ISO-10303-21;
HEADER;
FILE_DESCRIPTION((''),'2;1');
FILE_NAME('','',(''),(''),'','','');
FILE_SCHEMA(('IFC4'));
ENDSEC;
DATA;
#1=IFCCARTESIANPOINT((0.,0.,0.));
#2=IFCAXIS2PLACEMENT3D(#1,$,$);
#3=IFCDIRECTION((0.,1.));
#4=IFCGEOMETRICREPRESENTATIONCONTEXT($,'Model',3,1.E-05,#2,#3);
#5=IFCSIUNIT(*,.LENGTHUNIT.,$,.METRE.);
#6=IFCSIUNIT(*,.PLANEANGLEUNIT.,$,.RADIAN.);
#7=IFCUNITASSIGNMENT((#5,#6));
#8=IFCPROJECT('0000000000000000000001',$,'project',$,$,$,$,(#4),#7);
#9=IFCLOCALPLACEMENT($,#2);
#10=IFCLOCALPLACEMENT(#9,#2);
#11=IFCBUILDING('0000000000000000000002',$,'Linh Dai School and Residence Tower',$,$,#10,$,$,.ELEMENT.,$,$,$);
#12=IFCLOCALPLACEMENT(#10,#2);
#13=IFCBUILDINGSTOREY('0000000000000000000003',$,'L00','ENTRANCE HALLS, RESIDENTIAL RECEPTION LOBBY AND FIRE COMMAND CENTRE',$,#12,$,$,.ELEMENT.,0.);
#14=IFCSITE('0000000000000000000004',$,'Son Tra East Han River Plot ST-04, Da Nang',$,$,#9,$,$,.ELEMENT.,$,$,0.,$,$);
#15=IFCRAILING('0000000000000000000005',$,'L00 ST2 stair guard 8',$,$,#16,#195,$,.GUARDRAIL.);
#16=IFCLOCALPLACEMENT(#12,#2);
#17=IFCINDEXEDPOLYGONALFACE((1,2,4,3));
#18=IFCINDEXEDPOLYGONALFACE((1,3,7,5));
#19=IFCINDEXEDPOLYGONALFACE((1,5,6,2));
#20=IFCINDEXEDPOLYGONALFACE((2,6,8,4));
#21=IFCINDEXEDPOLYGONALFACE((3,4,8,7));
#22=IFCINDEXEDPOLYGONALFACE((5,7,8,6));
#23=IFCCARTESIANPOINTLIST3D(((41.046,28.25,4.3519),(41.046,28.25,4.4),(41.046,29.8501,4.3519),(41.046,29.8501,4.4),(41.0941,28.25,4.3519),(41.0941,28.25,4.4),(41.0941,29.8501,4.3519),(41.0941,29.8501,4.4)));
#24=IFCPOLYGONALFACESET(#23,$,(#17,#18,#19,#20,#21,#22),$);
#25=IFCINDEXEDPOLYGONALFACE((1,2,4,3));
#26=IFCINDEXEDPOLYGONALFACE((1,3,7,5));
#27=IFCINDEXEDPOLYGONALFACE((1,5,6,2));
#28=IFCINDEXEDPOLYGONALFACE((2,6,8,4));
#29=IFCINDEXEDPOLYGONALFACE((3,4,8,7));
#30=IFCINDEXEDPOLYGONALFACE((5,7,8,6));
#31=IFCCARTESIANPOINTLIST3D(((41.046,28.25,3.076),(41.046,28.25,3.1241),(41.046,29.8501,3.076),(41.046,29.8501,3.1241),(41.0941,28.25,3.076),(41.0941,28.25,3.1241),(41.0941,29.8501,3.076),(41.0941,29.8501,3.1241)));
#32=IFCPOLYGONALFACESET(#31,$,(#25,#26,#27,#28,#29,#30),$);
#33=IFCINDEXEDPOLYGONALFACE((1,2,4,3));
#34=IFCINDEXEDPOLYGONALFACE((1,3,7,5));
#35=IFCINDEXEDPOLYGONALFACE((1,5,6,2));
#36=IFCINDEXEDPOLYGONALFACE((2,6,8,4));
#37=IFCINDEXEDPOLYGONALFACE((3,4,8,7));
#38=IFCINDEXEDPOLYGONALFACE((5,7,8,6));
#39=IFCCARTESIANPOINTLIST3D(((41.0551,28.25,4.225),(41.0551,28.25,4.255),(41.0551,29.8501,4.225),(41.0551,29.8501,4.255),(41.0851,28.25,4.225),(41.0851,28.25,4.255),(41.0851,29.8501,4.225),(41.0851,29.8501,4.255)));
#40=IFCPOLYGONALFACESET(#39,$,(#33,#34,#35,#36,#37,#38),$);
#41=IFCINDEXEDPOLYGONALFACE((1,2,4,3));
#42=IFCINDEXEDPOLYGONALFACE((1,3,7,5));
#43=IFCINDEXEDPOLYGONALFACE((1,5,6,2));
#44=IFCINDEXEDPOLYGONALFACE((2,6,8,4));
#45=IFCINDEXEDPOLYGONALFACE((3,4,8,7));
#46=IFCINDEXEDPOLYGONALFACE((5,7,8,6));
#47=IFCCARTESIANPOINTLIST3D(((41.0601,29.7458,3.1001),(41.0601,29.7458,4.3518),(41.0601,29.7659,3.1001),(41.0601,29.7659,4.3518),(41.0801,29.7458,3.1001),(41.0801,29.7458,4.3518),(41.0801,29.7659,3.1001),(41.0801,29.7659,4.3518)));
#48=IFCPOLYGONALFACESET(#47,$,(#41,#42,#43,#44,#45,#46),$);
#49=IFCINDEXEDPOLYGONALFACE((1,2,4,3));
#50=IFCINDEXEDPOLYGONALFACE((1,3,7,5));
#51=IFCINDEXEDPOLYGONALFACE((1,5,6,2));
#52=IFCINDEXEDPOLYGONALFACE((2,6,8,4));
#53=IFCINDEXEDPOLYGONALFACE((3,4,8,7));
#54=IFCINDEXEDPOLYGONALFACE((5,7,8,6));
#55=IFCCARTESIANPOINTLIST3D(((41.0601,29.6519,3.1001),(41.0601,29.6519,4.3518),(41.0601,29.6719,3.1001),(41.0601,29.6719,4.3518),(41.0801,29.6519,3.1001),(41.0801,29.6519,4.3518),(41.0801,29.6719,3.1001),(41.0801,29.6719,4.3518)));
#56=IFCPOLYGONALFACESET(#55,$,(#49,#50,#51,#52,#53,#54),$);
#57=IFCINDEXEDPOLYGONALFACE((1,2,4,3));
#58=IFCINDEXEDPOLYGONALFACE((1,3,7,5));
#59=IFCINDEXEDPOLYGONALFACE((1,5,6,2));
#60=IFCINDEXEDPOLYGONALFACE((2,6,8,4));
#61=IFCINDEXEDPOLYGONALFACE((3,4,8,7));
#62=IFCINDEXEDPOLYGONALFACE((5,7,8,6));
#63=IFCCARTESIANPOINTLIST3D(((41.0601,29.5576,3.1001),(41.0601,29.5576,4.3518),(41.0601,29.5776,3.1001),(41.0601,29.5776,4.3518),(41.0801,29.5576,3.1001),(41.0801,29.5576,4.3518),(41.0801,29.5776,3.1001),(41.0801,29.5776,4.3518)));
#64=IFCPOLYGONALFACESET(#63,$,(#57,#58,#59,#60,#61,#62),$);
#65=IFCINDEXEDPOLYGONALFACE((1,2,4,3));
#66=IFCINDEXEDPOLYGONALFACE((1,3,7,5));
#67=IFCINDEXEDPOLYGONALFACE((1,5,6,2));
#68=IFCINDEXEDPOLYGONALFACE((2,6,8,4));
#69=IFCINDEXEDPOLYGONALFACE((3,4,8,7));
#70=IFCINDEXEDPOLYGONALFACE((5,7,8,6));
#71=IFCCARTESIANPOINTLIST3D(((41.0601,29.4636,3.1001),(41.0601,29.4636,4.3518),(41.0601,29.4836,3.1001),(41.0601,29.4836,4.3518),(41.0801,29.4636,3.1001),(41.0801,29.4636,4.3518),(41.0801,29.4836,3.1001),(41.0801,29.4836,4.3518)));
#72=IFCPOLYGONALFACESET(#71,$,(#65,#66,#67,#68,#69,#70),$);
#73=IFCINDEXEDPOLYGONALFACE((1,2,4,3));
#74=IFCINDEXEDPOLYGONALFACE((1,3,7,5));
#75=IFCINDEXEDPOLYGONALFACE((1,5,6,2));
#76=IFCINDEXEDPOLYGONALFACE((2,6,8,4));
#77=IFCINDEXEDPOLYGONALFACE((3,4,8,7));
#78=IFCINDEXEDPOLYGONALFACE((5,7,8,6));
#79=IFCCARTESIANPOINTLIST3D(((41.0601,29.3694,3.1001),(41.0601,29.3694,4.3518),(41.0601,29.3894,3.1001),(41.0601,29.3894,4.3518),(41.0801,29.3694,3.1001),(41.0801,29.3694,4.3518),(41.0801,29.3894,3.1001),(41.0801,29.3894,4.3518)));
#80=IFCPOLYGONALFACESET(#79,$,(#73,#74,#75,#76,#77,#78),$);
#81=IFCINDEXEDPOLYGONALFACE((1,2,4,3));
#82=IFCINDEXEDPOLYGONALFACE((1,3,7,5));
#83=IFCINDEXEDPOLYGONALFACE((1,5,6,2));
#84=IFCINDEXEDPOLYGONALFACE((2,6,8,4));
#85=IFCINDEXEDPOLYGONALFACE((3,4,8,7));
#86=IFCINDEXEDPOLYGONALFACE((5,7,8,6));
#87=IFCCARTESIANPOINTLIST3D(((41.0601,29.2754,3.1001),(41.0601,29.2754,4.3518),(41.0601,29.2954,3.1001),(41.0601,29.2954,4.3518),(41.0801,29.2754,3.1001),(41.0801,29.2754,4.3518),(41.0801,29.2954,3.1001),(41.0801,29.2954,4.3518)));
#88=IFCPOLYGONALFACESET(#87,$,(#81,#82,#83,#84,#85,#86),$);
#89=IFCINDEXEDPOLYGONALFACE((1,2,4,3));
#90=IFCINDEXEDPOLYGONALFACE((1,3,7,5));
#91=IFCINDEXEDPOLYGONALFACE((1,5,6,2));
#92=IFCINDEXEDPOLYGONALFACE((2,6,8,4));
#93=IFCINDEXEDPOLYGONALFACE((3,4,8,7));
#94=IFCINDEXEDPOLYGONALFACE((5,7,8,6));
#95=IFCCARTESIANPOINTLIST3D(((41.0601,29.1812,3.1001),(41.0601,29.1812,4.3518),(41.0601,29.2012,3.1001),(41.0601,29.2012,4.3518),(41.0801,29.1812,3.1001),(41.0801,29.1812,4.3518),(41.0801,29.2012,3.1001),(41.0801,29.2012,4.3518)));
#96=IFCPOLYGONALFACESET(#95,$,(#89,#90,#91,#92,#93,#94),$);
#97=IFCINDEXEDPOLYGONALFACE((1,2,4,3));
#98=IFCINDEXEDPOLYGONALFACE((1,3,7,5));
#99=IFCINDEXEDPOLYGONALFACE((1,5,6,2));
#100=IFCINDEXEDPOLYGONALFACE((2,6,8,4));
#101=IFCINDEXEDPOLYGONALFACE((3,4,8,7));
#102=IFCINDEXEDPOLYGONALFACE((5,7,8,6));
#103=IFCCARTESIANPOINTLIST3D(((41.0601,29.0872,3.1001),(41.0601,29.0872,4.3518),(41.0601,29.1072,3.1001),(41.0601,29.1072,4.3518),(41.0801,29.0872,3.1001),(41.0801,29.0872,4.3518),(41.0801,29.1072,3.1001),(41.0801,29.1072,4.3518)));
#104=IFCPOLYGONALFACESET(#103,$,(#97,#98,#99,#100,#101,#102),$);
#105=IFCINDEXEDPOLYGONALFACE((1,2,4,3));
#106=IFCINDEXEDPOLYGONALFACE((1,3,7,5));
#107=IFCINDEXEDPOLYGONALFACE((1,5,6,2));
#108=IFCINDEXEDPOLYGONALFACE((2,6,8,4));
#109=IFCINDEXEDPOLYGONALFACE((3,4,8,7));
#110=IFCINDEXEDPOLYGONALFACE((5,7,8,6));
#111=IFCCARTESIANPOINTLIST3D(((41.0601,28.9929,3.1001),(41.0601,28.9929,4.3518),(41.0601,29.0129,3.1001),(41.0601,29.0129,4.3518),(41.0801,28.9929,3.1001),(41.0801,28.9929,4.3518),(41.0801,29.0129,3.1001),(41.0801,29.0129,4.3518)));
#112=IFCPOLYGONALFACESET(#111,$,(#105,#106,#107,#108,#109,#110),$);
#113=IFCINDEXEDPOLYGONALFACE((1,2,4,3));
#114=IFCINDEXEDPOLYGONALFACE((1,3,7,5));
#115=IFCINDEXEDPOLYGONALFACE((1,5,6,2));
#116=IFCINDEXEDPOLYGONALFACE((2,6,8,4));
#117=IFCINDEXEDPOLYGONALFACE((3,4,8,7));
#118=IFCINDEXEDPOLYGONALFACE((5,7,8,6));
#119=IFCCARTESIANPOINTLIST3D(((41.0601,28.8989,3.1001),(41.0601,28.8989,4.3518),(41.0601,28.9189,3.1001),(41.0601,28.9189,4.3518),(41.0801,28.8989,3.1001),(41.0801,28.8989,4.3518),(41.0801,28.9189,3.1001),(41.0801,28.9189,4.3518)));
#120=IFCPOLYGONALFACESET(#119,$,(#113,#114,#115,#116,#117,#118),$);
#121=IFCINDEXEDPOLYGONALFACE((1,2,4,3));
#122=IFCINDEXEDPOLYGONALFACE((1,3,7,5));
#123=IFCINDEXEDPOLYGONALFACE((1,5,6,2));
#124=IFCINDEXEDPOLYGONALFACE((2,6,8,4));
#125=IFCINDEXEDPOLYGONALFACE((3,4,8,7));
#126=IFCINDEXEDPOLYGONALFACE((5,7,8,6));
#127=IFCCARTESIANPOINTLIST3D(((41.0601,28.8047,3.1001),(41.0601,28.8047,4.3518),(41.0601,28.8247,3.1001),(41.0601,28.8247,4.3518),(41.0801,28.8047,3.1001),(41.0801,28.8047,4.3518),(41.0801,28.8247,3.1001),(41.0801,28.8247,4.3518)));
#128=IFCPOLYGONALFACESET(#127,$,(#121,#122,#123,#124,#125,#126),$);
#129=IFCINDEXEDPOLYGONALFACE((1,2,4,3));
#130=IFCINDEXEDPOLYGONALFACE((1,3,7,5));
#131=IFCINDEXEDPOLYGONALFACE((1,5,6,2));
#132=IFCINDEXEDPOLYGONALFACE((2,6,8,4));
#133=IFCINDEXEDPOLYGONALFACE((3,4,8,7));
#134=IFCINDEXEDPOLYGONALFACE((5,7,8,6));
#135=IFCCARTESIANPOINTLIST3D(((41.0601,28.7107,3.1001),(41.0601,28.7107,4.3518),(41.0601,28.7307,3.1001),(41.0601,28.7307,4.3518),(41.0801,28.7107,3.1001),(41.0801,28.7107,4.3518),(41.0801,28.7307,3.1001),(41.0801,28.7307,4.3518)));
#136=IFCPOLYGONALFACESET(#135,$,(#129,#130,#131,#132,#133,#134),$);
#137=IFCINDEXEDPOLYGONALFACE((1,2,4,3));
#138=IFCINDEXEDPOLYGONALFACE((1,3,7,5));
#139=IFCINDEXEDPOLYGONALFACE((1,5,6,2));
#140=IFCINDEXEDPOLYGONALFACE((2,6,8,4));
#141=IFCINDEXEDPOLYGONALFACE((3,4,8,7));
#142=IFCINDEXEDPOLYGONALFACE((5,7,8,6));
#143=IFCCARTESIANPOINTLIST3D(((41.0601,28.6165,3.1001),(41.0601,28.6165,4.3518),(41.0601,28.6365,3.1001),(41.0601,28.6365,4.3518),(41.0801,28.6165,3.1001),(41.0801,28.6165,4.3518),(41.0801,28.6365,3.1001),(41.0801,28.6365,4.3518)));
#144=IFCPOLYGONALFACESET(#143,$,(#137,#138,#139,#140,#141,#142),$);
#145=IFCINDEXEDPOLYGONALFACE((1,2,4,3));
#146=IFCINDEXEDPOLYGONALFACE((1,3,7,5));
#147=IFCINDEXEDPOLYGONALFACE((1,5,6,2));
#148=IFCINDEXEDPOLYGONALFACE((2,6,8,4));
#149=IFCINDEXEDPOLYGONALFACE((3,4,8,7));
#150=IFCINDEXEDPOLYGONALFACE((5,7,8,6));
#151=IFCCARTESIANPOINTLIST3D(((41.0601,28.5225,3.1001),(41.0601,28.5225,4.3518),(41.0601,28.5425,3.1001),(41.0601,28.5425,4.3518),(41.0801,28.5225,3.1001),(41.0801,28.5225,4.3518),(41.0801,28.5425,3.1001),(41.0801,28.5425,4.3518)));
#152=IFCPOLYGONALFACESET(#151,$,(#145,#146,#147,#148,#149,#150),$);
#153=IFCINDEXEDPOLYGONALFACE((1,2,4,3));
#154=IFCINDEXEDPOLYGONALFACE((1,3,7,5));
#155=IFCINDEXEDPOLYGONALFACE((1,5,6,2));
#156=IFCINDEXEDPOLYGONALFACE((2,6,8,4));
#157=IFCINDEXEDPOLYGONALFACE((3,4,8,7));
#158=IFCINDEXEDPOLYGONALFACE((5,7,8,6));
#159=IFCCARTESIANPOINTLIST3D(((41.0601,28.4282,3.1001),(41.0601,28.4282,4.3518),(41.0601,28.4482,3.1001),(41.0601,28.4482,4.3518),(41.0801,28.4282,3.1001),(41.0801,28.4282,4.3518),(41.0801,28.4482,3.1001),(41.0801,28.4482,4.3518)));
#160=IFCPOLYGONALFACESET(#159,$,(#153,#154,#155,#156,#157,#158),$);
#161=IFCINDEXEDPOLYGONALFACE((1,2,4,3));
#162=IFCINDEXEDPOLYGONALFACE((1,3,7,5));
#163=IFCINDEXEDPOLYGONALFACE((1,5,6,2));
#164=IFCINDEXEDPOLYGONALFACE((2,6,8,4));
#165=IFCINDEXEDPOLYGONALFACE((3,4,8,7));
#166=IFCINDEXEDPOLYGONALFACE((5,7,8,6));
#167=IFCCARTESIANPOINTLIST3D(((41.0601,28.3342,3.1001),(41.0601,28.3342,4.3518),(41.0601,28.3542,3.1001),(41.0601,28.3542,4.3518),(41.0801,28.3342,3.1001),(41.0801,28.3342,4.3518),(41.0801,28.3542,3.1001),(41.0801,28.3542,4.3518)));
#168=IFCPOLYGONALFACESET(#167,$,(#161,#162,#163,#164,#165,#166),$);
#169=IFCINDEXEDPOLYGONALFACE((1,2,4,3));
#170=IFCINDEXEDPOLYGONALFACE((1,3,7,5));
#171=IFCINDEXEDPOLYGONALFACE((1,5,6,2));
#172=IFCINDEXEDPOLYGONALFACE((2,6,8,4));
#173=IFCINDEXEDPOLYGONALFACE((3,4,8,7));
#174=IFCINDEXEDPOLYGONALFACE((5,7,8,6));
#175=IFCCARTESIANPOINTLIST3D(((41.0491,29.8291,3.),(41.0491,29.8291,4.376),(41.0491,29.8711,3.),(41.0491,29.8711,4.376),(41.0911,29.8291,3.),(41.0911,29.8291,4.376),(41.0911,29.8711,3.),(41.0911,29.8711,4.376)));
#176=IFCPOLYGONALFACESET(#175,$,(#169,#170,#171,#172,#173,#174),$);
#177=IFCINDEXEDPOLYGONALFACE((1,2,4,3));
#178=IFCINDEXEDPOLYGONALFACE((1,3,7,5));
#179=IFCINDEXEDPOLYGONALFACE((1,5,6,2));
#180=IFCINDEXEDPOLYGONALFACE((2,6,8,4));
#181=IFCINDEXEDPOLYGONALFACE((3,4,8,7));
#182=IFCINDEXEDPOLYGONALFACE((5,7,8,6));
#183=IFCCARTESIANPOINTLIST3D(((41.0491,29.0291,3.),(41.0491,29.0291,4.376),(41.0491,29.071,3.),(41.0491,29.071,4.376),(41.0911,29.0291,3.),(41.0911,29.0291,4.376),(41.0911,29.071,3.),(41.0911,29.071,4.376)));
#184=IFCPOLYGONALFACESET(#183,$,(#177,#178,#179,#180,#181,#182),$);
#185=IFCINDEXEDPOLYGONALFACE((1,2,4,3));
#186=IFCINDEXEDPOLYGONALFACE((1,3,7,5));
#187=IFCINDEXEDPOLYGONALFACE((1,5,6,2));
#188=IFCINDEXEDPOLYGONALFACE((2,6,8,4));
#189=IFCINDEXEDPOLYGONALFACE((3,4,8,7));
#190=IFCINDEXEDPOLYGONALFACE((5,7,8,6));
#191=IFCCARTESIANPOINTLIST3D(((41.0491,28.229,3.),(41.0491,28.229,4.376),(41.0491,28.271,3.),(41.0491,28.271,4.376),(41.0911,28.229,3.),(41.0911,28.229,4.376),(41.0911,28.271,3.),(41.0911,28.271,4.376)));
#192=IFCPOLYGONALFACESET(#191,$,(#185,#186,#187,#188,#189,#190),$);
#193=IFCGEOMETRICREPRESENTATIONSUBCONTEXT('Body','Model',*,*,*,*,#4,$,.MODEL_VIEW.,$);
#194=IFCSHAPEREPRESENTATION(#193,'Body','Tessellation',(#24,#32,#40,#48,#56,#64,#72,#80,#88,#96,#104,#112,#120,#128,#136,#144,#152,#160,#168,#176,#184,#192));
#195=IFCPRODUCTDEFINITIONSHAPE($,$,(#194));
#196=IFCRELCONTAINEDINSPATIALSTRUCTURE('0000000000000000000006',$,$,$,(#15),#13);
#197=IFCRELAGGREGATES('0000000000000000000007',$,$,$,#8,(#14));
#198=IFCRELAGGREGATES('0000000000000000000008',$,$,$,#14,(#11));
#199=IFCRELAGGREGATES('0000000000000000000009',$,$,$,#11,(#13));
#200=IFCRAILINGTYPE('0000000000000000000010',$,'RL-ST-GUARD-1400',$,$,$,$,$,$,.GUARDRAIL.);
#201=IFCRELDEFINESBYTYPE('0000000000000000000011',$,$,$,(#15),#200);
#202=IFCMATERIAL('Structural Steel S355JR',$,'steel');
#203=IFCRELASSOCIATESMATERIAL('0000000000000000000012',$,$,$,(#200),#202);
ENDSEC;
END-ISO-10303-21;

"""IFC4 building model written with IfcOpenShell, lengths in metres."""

from ifc_helpers import new_model, si_unit, direction, frame, origin, origin_2d, place, context, subcontext, project, spatial, rectangle, extrude, source, transform, mapped, material, type_object, element, save


model = new_model("IFC4")

# Units and contexts
model_context = context("Model", 3, precision=1e-05, world=origin(), true_north=direction((0.0, 1.0)))
body_context = subcontext(model_context, "Body", "Model", "MODEL_VIEW")
ifc_project = project(units=[si_unit("LENGTHUNIT", "METRE"), si_unit("PLANEANGLEUNIT", "RADIAN")], contexts=[model_context])

# Site, building, storey
site_placement = place(None, origin())
site = spatial("IfcSite", under=ifc_project, at=site_placement, Name="Son Tra East Han River Plot ST-04, Da Nang", CompositionType="ELEMENT", RefElevation=0.0)
building_placement = place(site_placement, origin())
building = spatial("IfcBuilding", under=site, at=building_placement, Name="Linh Dai School and Residence Tower", CompositionType="ELEMENT")
storey_placement = place(building_placement, origin())
storey = spatial("IfcBuildingStorey", under=building, at=storey_placement, Name="L00", Description="ENTRANCE HALLS, RESIDENTIAL RECEPTION LOBBY AND FIRE COMMAND CENTRE", CompositionType="ELEMENT", Elevation=0.0)

# Shared definitions
ifc_material_1 = material(Name="Structural Steel S355JR", Category="steel")

# Railing
railing_type = type_object("IfcRailingType", Name="RL-ST-GUARD-1400", PredefinedType="GUARDRAIL", material=ifc_material_1)
shared_shape_1 = source(origin(), body_context, "Body", "SweptSolid", [
    extrude(rectangle(XDim=0.0481, YDim=0.0481, at=origin_2d()), frame((0.0, 0.0, 1.376), z_axis=(0.0, -1.0, 0.0), x_axis=(1.0, 0.0, 0.0)), (0.0, 0.0, 1.0), 1.6001),
    extrude(rectangle(XDim=0.0481, YDim=0.0481, at=origin_2d()), frame((0.0, 0.0, 0.1001), z_axis=(0.0, -1.0, 0.0), x_axis=(1.0, 0.0, 0.0)), (0.0, 0.0, 1.0), 1.6001),
    extrude(rectangle(XDim=0.03, YDim=0.03, at=origin_2d()), frame((0.0, 0.0, 1.24), z_axis=(0.0, -1.0, 0.0), x_axis=(1.0, 0.0, 0.0)), (0.0, 0.0, 1.0), 1.6001),
    extrude(rectangle(XDim=0.02, YDim=0.02, at=origin_2d()), frame((0.0, -0.0942, 0.1001)), (0.0, 0.0, 1.0), 1.2517),
    extrude(rectangle(XDim=0.02, YDim=0.02, at=origin_2d()), frame((0.0, -0.1882, 0.1001)), (0.0, 0.0, 1.0), 1.2517),
    extrude(rectangle(XDim=0.02, YDim=0.02, at=origin_2d()), frame((0.0, -0.2825, 0.1001)), (0.0, 0.0, 1.0), 1.2517),
    extrude(rectangle(XDim=0.02, YDim=0.02, at=origin_2d()), frame((0.0, -0.3765, 0.1001)), (0.0, 0.0, 1.0), 1.2517),
    extrude(rectangle(XDim=0.02, YDim=0.02, at=origin_2d()), frame((0.0, -0.4707, 0.1001)), (0.0, 0.0, 1.0), 1.2517),
    extrude(rectangle(XDim=0.02, YDim=0.02, at=origin_2d()), frame((0.0, -0.5647, 0.1001)), (0.0, 0.0, 1.0), 1.2517),
    extrude(rectangle(XDim=0.02, YDim=0.02, at=origin_2d()), frame((0.0, -0.6589, 0.1001)), (0.0, 0.0, 1.0), 1.2517),
    extrude(rectangle(XDim=0.02, YDim=0.02, at=origin_2d()), frame((0.0, -0.7529, 0.1001)), (0.0, 0.0, 1.0), 1.2517),
    extrude(rectangle(XDim=0.02, YDim=0.02, at=origin_2d()), frame((0.0, -0.8472, 0.1001)), (0.0, 0.0, 1.0), 1.2517),
    extrude(rectangle(XDim=0.02, YDim=0.02, at=origin_2d()), frame((0.0, -0.9412, 0.1001)), (0.0, 0.0, 1.0), 1.2517),
    extrude(rectangle(XDim=0.02, YDim=0.02, at=origin_2d()), frame((0.0, -1.0354, 0.1001)), (0.0, 0.0, 1.0), 1.2517),
    extrude(rectangle(XDim=0.02, YDim=0.02, at=origin_2d()), frame((0.0, -1.1294, 0.1001)), (0.0, 0.0, 1.0), 1.2517),
    extrude(rectangle(XDim=0.02, YDim=0.02, at=origin_2d()), frame((0.0, -1.2236, 0.1001)), (0.0, 0.0, 1.0), 1.2517),
    extrude(rectangle(XDim=0.02, YDim=0.02, at=origin_2d()), frame((0.0, -1.3176, 0.1001)), (0.0, 0.0, 1.0), 1.2517),
    extrude(rectangle(XDim=0.02, YDim=0.02, at=origin_2d()), frame((0.0, -1.4119, 0.1001)), (0.0, 0.0, 1.0), 1.2517),
    extrude(rectangle(XDim=0.02, YDim=0.02, at=origin_2d()), frame((0.0, -1.5059, 0.1001)), (0.0, 0.0, 1.0), 1.2517),
    extrude(rectangle(XDim=0.042, YDim=0.042, at=origin_2d()), origin(), (0.0, 0.0, 1.0), 1.376),
    extrude(rectangle(XDim=0.042, YDim=0.042, at=origin_2d()), frame((0.0, -0.8, 0.0)), (0.0, 0.0, 1.0), 1.376),
    extrude(rectangle(XDim=0.042, YDim=0.042, at=origin_2d()), frame((0.0, -1.6001, 0.0)), (0.0, 0.0, 1.0), 1.376),
])
for number, where, name in (
    (1, (41.0701, 29.8501, 3.0), "L00 ST2 stair guard 8"),
):
    element("IfcRailing", number, at=place(storey_placement, frame(where)), inside=storey, type_object=railing_type, Name=name, PredefinedType="GUARDRAIL", context=body_context, shape_type="MappedRepresentation", body=[
        mapped(shared_shape_1, transform((0.0, 0.0, 0.0), x_axis=(1.0, 0.0, 0.0), y_axis=(0.0, 1.0, 0.0), z_axis=(0.0, 0.0, 1.0), scale=1.0)),
    ])

save(model, "model.ifc")
